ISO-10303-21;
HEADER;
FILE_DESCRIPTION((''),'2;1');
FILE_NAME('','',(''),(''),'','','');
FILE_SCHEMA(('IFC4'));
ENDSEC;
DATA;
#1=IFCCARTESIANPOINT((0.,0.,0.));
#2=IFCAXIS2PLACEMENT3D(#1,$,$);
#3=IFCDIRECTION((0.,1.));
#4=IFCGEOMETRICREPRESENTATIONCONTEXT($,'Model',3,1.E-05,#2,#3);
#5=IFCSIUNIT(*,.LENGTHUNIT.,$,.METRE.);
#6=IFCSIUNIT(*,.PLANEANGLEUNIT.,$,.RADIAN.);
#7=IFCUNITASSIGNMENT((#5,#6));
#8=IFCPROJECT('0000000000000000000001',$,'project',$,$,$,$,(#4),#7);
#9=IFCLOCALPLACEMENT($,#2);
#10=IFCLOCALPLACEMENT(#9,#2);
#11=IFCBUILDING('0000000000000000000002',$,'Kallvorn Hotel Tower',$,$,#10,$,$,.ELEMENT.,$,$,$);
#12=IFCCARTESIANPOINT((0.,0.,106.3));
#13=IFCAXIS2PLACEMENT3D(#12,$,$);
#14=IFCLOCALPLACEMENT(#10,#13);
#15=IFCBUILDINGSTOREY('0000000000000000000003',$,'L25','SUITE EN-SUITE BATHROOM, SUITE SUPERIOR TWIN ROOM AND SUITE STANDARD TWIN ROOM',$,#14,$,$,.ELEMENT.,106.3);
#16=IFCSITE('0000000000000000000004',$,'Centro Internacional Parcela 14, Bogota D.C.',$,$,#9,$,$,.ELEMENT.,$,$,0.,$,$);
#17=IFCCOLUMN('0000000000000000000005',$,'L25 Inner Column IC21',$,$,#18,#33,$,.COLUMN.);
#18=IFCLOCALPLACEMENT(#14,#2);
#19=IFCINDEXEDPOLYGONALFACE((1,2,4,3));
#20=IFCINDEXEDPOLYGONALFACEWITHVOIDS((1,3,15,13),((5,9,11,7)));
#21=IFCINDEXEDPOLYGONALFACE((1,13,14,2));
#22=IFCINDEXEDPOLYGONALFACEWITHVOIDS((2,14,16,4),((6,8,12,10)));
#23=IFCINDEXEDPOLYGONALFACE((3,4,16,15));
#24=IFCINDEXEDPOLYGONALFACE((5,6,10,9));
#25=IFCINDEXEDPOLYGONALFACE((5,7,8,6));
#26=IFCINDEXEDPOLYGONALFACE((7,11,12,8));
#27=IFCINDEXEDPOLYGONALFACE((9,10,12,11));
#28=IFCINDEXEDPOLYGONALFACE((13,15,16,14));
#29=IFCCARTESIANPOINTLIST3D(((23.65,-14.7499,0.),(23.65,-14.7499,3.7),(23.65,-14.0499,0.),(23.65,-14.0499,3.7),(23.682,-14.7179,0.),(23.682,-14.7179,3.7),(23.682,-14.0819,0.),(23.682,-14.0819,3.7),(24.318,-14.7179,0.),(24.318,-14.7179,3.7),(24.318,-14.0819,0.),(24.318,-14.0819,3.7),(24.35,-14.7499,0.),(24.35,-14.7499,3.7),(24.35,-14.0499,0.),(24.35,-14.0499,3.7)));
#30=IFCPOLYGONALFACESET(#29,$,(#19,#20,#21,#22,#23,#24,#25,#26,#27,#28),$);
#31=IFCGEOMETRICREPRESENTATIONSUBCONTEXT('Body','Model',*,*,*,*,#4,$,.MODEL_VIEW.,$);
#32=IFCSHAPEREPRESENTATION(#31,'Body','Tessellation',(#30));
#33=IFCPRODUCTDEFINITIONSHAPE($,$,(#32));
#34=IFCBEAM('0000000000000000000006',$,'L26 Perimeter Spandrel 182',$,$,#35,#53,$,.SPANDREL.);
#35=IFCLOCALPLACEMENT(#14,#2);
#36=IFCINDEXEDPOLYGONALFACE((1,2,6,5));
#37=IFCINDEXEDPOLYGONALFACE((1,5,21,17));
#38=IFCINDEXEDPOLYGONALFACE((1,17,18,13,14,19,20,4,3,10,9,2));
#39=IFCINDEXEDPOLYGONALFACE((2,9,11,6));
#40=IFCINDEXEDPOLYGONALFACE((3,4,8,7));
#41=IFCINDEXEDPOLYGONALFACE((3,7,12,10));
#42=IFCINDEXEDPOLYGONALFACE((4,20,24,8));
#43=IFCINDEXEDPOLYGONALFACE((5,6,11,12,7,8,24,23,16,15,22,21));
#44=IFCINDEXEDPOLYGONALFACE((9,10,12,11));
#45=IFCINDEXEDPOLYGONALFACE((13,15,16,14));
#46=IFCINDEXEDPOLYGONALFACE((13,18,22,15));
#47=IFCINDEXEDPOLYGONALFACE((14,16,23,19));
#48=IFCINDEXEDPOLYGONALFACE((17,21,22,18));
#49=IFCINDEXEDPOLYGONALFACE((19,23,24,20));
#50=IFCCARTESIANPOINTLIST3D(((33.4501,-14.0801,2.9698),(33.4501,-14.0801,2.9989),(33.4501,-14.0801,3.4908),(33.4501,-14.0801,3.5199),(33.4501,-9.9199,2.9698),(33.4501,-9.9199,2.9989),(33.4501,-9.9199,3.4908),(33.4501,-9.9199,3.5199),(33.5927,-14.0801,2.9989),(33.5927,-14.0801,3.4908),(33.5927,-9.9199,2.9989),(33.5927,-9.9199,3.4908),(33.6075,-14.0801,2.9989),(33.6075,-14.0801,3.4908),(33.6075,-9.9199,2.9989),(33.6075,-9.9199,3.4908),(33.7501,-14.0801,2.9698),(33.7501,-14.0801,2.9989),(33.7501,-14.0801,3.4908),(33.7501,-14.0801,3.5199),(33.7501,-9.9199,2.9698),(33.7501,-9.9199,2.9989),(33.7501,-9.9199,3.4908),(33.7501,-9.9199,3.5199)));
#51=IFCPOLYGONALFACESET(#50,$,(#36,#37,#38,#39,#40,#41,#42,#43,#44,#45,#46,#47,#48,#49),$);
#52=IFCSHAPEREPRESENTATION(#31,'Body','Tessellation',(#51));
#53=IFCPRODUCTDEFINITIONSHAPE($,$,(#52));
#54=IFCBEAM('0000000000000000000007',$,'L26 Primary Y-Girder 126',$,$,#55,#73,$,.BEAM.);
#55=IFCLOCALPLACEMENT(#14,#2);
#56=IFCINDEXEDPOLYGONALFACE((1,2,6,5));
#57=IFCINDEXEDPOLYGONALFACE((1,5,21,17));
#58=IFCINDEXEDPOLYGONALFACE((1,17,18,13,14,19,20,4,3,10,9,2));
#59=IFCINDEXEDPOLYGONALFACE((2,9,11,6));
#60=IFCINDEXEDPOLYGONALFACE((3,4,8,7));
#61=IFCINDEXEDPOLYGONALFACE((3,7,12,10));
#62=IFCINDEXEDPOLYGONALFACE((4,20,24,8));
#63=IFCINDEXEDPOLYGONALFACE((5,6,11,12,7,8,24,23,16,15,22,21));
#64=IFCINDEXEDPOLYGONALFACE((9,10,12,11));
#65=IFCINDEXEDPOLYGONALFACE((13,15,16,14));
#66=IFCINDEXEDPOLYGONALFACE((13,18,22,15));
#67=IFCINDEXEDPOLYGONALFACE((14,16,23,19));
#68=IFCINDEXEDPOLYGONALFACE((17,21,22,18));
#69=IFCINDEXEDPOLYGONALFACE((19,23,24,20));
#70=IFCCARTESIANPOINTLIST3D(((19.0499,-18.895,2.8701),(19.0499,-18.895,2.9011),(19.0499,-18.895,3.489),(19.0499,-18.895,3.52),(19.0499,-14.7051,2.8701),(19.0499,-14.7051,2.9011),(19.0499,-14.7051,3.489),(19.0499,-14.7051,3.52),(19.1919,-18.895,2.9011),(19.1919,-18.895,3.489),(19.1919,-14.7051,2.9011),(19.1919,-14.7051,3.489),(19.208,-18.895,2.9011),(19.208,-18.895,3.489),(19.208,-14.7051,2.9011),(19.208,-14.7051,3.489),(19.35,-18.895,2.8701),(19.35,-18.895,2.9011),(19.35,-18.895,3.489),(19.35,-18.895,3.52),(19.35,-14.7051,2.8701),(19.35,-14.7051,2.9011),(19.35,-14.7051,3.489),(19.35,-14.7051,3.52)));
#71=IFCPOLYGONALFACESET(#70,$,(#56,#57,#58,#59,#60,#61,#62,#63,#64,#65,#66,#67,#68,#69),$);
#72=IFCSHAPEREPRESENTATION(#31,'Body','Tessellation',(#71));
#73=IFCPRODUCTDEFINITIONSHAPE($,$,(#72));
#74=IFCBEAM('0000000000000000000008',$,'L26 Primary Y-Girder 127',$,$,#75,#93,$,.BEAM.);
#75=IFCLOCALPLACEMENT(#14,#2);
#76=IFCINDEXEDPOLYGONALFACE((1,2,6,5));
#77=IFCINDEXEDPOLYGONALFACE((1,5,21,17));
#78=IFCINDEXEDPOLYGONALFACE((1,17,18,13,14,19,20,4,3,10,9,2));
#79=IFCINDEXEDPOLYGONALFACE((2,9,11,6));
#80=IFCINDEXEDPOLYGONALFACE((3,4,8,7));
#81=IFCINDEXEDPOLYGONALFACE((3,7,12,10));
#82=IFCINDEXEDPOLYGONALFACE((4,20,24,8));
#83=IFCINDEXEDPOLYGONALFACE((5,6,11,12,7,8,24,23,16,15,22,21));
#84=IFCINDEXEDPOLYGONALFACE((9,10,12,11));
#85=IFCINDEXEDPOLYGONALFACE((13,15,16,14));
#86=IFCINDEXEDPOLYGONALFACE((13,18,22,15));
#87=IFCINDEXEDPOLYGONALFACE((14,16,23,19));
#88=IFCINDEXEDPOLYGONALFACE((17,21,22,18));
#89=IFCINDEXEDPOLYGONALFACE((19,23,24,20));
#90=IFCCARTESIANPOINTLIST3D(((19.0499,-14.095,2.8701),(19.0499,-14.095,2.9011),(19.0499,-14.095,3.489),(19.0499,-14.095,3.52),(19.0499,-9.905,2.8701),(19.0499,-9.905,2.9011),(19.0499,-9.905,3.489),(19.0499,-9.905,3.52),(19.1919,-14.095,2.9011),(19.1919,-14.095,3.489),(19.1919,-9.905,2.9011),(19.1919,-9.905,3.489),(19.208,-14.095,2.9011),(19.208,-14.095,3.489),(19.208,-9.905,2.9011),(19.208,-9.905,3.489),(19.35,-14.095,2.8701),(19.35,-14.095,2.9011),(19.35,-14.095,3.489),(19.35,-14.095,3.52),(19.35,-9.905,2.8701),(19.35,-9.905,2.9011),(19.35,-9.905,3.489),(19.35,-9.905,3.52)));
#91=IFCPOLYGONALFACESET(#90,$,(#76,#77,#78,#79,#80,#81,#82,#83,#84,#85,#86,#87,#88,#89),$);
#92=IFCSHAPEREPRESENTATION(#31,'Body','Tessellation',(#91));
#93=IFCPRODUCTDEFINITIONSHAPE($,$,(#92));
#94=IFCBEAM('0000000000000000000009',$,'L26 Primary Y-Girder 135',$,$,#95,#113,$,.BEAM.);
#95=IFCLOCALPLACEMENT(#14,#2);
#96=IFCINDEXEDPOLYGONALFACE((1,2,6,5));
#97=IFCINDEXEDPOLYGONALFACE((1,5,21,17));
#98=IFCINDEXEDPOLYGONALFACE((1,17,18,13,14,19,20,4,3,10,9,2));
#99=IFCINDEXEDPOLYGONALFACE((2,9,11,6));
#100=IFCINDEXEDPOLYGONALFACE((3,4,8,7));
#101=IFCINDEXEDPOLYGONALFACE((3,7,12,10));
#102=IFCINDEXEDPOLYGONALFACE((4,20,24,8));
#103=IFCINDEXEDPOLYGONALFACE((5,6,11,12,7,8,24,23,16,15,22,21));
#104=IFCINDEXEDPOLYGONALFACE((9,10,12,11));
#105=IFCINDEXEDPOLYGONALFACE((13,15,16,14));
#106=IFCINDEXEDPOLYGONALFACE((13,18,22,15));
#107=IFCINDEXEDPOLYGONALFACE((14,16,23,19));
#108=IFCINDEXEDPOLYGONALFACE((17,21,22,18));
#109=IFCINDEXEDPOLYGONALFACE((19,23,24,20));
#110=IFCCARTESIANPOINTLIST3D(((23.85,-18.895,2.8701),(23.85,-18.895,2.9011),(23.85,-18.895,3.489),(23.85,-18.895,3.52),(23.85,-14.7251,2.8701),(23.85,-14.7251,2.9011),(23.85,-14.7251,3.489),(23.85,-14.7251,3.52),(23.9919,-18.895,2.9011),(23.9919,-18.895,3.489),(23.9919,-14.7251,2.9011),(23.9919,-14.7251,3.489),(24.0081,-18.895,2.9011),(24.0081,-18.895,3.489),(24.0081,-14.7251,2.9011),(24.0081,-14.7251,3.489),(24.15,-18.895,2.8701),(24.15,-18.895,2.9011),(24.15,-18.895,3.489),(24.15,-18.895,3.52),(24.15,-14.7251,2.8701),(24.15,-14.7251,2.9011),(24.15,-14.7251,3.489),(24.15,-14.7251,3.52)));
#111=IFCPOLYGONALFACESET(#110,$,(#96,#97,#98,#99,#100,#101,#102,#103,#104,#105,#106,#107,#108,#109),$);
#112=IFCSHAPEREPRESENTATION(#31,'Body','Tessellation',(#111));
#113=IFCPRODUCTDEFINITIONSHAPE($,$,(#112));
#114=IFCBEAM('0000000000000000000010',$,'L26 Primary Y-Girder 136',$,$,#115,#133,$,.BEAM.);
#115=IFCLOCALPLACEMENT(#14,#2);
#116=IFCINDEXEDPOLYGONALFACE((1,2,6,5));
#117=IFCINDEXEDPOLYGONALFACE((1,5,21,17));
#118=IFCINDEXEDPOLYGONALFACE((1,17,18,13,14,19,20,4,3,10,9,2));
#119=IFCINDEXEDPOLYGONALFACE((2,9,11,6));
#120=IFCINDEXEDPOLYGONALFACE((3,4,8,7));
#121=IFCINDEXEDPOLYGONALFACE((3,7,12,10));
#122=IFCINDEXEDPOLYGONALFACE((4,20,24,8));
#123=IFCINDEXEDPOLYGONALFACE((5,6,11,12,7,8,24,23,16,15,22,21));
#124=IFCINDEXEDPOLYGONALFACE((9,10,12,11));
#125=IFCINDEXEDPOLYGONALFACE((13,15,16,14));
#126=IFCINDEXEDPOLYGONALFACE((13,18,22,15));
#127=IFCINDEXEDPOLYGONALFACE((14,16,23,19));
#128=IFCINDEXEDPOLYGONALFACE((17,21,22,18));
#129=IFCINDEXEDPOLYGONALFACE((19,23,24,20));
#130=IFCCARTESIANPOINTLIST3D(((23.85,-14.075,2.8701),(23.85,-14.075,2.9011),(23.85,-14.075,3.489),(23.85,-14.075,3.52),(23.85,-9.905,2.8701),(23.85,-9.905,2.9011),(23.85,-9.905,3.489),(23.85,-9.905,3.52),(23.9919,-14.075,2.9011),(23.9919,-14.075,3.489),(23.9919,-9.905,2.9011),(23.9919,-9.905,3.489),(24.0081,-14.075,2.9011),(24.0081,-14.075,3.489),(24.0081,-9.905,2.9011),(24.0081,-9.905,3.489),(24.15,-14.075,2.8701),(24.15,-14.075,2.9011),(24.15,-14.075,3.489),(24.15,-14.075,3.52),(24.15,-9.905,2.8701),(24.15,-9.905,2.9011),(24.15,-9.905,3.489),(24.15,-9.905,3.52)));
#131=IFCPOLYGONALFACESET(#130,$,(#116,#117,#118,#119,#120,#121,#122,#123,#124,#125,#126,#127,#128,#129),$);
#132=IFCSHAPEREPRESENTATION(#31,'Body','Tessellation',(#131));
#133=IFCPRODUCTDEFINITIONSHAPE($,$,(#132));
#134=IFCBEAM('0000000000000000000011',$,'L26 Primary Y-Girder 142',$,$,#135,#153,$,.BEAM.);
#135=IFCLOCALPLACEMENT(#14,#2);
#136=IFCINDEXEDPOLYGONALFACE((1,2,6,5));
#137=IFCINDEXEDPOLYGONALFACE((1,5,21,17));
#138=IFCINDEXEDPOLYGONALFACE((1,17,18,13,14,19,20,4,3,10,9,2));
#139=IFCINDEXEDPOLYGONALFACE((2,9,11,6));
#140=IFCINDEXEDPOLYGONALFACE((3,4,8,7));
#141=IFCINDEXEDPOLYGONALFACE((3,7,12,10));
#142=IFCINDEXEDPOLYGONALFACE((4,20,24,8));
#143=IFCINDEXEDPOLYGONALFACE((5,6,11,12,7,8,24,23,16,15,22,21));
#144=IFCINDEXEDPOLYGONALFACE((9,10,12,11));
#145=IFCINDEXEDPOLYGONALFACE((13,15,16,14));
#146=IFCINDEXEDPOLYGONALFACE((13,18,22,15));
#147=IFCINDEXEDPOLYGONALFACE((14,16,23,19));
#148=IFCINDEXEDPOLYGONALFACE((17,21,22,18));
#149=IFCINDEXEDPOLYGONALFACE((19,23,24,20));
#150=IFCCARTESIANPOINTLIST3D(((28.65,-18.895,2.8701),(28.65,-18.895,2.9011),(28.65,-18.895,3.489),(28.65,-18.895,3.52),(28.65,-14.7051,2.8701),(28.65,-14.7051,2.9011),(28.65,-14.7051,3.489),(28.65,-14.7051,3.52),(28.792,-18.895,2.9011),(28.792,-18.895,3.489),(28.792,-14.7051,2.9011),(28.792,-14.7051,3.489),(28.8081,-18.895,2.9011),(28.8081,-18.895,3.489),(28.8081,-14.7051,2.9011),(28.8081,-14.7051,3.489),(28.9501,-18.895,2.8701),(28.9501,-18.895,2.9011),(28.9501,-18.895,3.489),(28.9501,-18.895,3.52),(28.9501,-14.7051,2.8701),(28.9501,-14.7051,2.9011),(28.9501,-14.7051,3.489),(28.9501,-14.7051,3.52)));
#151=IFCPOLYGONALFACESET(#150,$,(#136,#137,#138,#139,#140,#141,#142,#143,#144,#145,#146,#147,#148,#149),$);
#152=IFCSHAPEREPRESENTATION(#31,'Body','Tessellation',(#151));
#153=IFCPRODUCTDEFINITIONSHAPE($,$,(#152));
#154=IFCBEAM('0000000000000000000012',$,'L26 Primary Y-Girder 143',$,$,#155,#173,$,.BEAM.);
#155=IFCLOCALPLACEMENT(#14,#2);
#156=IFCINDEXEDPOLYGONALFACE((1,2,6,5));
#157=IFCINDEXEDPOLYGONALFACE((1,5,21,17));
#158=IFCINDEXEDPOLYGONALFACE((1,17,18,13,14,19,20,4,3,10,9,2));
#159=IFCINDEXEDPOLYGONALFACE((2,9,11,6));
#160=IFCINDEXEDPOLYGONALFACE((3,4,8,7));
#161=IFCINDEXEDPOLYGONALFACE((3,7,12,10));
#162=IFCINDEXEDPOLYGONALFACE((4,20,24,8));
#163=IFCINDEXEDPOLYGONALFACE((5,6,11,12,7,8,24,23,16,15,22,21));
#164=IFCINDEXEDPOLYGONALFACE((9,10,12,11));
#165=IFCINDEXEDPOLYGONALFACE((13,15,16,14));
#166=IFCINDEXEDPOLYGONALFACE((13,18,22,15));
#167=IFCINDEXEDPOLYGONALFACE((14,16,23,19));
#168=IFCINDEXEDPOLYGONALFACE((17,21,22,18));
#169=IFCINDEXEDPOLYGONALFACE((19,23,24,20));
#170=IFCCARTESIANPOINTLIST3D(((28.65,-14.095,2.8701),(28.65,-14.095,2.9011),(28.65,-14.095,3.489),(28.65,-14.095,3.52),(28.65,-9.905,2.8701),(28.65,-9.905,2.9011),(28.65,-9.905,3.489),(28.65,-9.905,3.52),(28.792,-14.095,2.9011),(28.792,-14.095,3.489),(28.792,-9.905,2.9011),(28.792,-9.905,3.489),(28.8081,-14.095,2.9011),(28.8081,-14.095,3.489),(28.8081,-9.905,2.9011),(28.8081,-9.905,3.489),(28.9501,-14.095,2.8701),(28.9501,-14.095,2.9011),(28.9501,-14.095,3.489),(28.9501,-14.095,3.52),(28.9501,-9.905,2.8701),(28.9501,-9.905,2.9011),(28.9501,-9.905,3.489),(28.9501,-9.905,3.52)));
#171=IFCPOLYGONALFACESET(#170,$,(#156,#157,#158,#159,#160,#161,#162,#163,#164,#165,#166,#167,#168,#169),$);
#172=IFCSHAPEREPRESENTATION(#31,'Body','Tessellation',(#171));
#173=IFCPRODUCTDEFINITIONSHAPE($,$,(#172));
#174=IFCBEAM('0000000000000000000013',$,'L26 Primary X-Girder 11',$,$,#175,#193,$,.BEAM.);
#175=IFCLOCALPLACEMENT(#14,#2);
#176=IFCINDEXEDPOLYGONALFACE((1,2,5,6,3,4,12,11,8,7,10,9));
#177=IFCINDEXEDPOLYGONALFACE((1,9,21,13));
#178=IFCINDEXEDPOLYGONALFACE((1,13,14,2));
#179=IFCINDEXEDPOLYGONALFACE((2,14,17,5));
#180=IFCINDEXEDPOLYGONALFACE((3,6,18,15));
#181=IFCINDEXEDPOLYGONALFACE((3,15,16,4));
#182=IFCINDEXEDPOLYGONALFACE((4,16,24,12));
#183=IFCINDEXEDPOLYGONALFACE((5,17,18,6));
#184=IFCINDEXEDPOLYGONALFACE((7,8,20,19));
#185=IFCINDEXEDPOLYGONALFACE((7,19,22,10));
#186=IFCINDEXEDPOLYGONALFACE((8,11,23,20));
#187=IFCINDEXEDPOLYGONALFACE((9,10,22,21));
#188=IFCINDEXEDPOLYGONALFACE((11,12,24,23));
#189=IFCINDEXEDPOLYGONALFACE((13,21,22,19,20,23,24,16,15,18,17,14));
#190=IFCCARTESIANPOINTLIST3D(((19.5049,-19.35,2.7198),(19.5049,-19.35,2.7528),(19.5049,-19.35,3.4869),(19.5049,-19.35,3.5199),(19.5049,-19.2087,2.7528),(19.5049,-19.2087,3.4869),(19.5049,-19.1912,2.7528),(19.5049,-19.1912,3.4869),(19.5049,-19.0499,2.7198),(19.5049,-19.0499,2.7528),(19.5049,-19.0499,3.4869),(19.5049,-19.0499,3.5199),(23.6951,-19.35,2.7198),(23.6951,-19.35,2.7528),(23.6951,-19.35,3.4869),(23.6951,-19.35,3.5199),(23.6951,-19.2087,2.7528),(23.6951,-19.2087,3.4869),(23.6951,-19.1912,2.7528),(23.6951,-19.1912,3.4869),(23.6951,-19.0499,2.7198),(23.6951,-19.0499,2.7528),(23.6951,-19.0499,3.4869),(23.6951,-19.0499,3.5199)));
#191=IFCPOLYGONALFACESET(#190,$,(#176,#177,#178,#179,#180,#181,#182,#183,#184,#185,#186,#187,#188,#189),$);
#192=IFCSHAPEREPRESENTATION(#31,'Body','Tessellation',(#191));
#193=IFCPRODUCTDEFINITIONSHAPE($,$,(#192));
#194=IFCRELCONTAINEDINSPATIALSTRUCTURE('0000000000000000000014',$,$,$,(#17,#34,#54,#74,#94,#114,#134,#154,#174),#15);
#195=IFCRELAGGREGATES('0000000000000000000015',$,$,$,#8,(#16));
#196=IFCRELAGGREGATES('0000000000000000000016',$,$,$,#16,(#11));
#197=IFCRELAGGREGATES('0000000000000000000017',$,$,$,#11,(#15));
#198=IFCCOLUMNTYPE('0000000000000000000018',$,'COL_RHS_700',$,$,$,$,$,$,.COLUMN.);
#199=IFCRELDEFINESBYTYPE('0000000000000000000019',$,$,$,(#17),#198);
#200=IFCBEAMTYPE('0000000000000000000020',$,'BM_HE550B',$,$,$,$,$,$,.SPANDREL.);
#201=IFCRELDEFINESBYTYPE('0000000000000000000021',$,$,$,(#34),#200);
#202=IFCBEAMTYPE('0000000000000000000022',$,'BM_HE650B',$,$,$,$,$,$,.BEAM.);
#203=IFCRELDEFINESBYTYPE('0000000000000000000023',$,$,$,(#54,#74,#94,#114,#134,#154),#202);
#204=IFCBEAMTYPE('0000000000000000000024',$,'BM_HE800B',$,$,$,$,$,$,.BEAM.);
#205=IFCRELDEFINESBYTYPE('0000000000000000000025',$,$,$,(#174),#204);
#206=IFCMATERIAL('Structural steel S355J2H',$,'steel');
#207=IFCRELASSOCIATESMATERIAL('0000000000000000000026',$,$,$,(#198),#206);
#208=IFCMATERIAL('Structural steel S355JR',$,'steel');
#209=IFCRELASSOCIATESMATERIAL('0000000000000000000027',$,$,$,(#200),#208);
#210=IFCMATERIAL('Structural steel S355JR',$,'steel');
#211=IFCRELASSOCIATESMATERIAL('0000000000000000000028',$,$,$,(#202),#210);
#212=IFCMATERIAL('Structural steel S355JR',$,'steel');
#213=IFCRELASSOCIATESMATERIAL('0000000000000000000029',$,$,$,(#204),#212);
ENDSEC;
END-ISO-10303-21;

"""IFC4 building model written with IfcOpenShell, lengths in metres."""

from ifc_helpers import new_model, si_unit, direction, frame, origin, origin_2d, place, context, subcontext, project, spatial, hollow_rectangle, i_section, extrude, material, material_profile, profile_set, type_object, element, save


model = new_model("IFC4")

# Units and contexts
model_context = context("Model", 3, precision=1e-05, world=origin(), true_north=direction((0.0, 1.0)))
body_context = subcontext(model_context, "Body", "Model", "MODEL_VIEW")
ifc_project = project(units=[si_unit("LENGTHUNIT", "METRE"), si_unit("PLANEANGLEUNIT", "RADIAN")], contexts=[model_context])

# Site, building, storey
site_placement = place(None, origin())
site = spatial("IfcSite", under=ifc_project, at=site_placement, Name="Centro Internacional Parcela 14, Bogota D.C.", CompositionType="ELEMENT", RefElevation=0.0)
building_placement = place(site_placement, origin())
building = spatial("IfcBuilding", under=site, at=building_placement, Name="Kallvorn Hotel Tower", CompositionType="ELEMENT")
storey_placement = place(building_placement, frame((0.0, 0.0, 106.3)))
storey = spatial("IfcBuildingStorey", under=building, at=storey_placement, Name="L25", Description="SUITE EN-SUITE BATHROOM, SUITE SUPERIOR TWIN ROOM AND SUITE STANDARD TWIN ROOM", CompositionType="ELEMENT", Elevation=106.3)

# Column
ifc_material_1 = material(Name="Structural steel S355J2H", Category="steel")
ifc_material_profile_1 = material_profile(ifc_material_1, hollow_rectangle(XDim=0.7, YDim=0.7, WallThickness=0.032, at=origin_2d()), Name="RHS 700x700x32")
ifc_profile_set_1 = profile_set([ifc_material_profile_1], Name="Structural steel S355J2H")
column_type_1 = type_object("IfcColumnType", Name="COL_RHS_700", PredefinedType="COLUMN", material=ifc_profile_set_1)
column_placement = place(storey_placement, frame((24.0, -14.3999, 0.0), z_axis=(0.0, 0.0, 1.0), x_axis=(1.0, 0.0, 0.0)))
element("IfcColumn", 1, at=column_placement, inside=storey, type_object=column_type_1, Name="L25 Inner Column IC21", PredefinedType="COLUMN", context=body_context, shape_type="SweptSolid", body=[
    extrude(hollow_rectangle(XDim=0.7, YDim=0.7, WallThickness=0.032, at=origin_2d()), origin(), (0.0, 0.0, 1.0), 3.7),
])

# Beams
ifc_material_2 = material(Name="Structural steel S355JR", Category="steel")
ifc_material_profile_2 = material_profile(ifc_material_2, i_section(OverallWidth=0.3, OverallDepth=0.55, WebThickness=0.0149, FlangeThickness=0.0291, at=origin_2d()), Name="HE 550 B")
ifc_profile_set_2 = profile_set([ifc_material_profile_2], Name="Structural steel S355JR")
beam_type_1 = type_object("IfcBeamType", Name="BM_HE550B", PredefinedType="SPANDREL", material=ifc_profile_set_2)
beam_1_placement = place(storey_placement, frame((33.6001, -14.0801, 3.2449), z_axis=(0.0, 1.0, 0.0), x_axis=(-1.0, 0.0, 0.0)))
element("IfcBeam", 2, at=beam_1_placement, inside=storey, type_object=beam_type_1, Name="L26 Perimeter Spandrel 182", PredefinedType="SPANDREL", context=body_context, shape_type="SweptSolid", body=[
    extrude(i_section(OverallWidth=0.3, OverallDepth=0.55, WebThickness=0.0149, FlangeThickness=0.0291, at=origin_2d()), origin(), (0.0, 0.0, 1.0), 4.1602),
])
ifc_material_3 = material(Name="Structural steel S355JR", Category="steel")
ifc_material_profile_3 = material_profile(ifc_material_3, i_section(OverallWidth=0.3, OverallDepth=0.6499, WebThickness=0.0161, FlangeThickness=0.031, at=origin_2d()), Name="HE 650 B")
ifc_profile_set_3 = profile_set([ifc_material_profile_3], Name="Structural steel S355JR")
beam_type_2 = type_object("IfcBeamType", Name="BM_HE650B", PredefinedType="BEAM", material=ifc_profile_set_3)
for number, where, z_axis, x_axis, name in (
    (3, (19.2, -18.895, 3.1951), (0.0, 1.0, 0.0), (-1.0, 0.0, 0.0), "L26 Primary Y-Girder 126"),
    (4, (19.2, -14.095, 3.1951), (0.0, 1.0, 0.0), (-1.0, 0.0, 0.0), "L26 Primary Y-Girder 127"),
):
    element("IfcBeam", number, at=place(storey_placement, frame(where, z_axis=z_axis, x_axis=x_axis)), inside=storey, type_object=beam_type_2, Name=name, PredefinedType="BEAM", context=body_context, shape_type="SweptSolid", body=[
        extrude(i_section(OverallWidth=0.3, OverallDepth=0.6499, WebThickness=0.0161, FlangeThickness=0.031, at=origin_2d()), origin(), (0.0, 0.0, 1.0), 4.1899),
    ])
for number, where, z_axis, x_axis, name in (
    (5, (24.0, -18.895, 3.1951), (0.0, 1.0, 0.0), (-1.0, 0.0, 0.0), "L26 Primary Y-Girder 135"),
    (6, (24.0, -14.075, 3.1951), (0.0, 1.0, 0.0), (-1.0, 0.0, 0.0), "L26 Primary Y-Girder 136"),
):
    element("IfcBeam", number, at=place(storey_placement, frame(where, z_axis=z_axis, x_axis=x_axis)), inside=storey, type_object=beam_type_2, Name=name, PredefinedType="BEAM", context=body_context, shape_type="SweptSolid", body=[
        extrude(i_section(OverallWidth=0.3, OverallDepth=0.6499, WebThickness=0.0161, FlangeThickness=0.031, at=origin_2d()), origin(), (0.0, 0.0, 1.0), 4.1699),
    ])
for number, where, z_axis, x_axis, name in (
    (7, (28.8, -18.895, 3.1951), (0.0, 1.0, 0.0), (-1.0, 0.0, 0.0), "L26 Primary Y-Girder 142"),
    (8, (28.8, -14.095, 3.1951), (0.0, 1.0, 0.0), (-1.0, 0.0, 0.0), "L26 Primary Y-Girder 143"),
):
    element("IfcBeam", number, at=place(storey_placement, frame(where, z_axis=z_axis, x_axis=x_axis)), inside=storey, type_object=beam_type_2, Name=name, PredefinedType="BEAM", context=body_context, shape_type="SweptSolid", body=[
        extrude(i_section(OverallWidth=0.3, OverallDepth=0.6499, WebThickness=0.0161, FlangeThickness=0.031, at=origin_2d()), origin(), (0.0, 0.0, 1.0), 4.1899),
    ])
ifc_material_4 = material(Name="Structural steel S355JR", Category="steel")
ifc_material_profile_4 = material_profile(ifc_material_4, i_section(OverallWidth=0.3, OverallDepth=0.8, WebThickness=0.0176, FlangeThickness=0.033, at=origin_2d()), Name="HE 800 B")
ifc_profile_set_4 = profile_set([ifc_material_profile_4], Name="Structural steel S355JR")
beam_type_3 = type_object("IfcBeamType", Name="BM_HE800B", PredefinedType="BEAM", material=ifc_profile_set_4)
for number, where, z_axis, x_axis, name in (
    (9, (19.5049, -19.2, 3.1199), (1.0, 0.0, 0.0), (0.0, 1.0, 0.0), "L26 Primary X-Girder 11"),
):
    element("IfcBeam", number, at=place(storey_placement, frame(where, z_axis=z_axis, x_axis=x_axis)), inside=storey, type_object=beam_type_3, Name=name, PredefinedType="BEAM", context=body_context, shape_type="SweptSolid", body=[
        extrude(i_section(OverallWidth=0.3, OverallDepth=0.8, WebThickness=0.0176, FlangeThickness=0.033, at=origin_2d()), origin(), (0.0, 0.0, 1.0), 4.1902),
    ])

save(model, "model.ifc")
